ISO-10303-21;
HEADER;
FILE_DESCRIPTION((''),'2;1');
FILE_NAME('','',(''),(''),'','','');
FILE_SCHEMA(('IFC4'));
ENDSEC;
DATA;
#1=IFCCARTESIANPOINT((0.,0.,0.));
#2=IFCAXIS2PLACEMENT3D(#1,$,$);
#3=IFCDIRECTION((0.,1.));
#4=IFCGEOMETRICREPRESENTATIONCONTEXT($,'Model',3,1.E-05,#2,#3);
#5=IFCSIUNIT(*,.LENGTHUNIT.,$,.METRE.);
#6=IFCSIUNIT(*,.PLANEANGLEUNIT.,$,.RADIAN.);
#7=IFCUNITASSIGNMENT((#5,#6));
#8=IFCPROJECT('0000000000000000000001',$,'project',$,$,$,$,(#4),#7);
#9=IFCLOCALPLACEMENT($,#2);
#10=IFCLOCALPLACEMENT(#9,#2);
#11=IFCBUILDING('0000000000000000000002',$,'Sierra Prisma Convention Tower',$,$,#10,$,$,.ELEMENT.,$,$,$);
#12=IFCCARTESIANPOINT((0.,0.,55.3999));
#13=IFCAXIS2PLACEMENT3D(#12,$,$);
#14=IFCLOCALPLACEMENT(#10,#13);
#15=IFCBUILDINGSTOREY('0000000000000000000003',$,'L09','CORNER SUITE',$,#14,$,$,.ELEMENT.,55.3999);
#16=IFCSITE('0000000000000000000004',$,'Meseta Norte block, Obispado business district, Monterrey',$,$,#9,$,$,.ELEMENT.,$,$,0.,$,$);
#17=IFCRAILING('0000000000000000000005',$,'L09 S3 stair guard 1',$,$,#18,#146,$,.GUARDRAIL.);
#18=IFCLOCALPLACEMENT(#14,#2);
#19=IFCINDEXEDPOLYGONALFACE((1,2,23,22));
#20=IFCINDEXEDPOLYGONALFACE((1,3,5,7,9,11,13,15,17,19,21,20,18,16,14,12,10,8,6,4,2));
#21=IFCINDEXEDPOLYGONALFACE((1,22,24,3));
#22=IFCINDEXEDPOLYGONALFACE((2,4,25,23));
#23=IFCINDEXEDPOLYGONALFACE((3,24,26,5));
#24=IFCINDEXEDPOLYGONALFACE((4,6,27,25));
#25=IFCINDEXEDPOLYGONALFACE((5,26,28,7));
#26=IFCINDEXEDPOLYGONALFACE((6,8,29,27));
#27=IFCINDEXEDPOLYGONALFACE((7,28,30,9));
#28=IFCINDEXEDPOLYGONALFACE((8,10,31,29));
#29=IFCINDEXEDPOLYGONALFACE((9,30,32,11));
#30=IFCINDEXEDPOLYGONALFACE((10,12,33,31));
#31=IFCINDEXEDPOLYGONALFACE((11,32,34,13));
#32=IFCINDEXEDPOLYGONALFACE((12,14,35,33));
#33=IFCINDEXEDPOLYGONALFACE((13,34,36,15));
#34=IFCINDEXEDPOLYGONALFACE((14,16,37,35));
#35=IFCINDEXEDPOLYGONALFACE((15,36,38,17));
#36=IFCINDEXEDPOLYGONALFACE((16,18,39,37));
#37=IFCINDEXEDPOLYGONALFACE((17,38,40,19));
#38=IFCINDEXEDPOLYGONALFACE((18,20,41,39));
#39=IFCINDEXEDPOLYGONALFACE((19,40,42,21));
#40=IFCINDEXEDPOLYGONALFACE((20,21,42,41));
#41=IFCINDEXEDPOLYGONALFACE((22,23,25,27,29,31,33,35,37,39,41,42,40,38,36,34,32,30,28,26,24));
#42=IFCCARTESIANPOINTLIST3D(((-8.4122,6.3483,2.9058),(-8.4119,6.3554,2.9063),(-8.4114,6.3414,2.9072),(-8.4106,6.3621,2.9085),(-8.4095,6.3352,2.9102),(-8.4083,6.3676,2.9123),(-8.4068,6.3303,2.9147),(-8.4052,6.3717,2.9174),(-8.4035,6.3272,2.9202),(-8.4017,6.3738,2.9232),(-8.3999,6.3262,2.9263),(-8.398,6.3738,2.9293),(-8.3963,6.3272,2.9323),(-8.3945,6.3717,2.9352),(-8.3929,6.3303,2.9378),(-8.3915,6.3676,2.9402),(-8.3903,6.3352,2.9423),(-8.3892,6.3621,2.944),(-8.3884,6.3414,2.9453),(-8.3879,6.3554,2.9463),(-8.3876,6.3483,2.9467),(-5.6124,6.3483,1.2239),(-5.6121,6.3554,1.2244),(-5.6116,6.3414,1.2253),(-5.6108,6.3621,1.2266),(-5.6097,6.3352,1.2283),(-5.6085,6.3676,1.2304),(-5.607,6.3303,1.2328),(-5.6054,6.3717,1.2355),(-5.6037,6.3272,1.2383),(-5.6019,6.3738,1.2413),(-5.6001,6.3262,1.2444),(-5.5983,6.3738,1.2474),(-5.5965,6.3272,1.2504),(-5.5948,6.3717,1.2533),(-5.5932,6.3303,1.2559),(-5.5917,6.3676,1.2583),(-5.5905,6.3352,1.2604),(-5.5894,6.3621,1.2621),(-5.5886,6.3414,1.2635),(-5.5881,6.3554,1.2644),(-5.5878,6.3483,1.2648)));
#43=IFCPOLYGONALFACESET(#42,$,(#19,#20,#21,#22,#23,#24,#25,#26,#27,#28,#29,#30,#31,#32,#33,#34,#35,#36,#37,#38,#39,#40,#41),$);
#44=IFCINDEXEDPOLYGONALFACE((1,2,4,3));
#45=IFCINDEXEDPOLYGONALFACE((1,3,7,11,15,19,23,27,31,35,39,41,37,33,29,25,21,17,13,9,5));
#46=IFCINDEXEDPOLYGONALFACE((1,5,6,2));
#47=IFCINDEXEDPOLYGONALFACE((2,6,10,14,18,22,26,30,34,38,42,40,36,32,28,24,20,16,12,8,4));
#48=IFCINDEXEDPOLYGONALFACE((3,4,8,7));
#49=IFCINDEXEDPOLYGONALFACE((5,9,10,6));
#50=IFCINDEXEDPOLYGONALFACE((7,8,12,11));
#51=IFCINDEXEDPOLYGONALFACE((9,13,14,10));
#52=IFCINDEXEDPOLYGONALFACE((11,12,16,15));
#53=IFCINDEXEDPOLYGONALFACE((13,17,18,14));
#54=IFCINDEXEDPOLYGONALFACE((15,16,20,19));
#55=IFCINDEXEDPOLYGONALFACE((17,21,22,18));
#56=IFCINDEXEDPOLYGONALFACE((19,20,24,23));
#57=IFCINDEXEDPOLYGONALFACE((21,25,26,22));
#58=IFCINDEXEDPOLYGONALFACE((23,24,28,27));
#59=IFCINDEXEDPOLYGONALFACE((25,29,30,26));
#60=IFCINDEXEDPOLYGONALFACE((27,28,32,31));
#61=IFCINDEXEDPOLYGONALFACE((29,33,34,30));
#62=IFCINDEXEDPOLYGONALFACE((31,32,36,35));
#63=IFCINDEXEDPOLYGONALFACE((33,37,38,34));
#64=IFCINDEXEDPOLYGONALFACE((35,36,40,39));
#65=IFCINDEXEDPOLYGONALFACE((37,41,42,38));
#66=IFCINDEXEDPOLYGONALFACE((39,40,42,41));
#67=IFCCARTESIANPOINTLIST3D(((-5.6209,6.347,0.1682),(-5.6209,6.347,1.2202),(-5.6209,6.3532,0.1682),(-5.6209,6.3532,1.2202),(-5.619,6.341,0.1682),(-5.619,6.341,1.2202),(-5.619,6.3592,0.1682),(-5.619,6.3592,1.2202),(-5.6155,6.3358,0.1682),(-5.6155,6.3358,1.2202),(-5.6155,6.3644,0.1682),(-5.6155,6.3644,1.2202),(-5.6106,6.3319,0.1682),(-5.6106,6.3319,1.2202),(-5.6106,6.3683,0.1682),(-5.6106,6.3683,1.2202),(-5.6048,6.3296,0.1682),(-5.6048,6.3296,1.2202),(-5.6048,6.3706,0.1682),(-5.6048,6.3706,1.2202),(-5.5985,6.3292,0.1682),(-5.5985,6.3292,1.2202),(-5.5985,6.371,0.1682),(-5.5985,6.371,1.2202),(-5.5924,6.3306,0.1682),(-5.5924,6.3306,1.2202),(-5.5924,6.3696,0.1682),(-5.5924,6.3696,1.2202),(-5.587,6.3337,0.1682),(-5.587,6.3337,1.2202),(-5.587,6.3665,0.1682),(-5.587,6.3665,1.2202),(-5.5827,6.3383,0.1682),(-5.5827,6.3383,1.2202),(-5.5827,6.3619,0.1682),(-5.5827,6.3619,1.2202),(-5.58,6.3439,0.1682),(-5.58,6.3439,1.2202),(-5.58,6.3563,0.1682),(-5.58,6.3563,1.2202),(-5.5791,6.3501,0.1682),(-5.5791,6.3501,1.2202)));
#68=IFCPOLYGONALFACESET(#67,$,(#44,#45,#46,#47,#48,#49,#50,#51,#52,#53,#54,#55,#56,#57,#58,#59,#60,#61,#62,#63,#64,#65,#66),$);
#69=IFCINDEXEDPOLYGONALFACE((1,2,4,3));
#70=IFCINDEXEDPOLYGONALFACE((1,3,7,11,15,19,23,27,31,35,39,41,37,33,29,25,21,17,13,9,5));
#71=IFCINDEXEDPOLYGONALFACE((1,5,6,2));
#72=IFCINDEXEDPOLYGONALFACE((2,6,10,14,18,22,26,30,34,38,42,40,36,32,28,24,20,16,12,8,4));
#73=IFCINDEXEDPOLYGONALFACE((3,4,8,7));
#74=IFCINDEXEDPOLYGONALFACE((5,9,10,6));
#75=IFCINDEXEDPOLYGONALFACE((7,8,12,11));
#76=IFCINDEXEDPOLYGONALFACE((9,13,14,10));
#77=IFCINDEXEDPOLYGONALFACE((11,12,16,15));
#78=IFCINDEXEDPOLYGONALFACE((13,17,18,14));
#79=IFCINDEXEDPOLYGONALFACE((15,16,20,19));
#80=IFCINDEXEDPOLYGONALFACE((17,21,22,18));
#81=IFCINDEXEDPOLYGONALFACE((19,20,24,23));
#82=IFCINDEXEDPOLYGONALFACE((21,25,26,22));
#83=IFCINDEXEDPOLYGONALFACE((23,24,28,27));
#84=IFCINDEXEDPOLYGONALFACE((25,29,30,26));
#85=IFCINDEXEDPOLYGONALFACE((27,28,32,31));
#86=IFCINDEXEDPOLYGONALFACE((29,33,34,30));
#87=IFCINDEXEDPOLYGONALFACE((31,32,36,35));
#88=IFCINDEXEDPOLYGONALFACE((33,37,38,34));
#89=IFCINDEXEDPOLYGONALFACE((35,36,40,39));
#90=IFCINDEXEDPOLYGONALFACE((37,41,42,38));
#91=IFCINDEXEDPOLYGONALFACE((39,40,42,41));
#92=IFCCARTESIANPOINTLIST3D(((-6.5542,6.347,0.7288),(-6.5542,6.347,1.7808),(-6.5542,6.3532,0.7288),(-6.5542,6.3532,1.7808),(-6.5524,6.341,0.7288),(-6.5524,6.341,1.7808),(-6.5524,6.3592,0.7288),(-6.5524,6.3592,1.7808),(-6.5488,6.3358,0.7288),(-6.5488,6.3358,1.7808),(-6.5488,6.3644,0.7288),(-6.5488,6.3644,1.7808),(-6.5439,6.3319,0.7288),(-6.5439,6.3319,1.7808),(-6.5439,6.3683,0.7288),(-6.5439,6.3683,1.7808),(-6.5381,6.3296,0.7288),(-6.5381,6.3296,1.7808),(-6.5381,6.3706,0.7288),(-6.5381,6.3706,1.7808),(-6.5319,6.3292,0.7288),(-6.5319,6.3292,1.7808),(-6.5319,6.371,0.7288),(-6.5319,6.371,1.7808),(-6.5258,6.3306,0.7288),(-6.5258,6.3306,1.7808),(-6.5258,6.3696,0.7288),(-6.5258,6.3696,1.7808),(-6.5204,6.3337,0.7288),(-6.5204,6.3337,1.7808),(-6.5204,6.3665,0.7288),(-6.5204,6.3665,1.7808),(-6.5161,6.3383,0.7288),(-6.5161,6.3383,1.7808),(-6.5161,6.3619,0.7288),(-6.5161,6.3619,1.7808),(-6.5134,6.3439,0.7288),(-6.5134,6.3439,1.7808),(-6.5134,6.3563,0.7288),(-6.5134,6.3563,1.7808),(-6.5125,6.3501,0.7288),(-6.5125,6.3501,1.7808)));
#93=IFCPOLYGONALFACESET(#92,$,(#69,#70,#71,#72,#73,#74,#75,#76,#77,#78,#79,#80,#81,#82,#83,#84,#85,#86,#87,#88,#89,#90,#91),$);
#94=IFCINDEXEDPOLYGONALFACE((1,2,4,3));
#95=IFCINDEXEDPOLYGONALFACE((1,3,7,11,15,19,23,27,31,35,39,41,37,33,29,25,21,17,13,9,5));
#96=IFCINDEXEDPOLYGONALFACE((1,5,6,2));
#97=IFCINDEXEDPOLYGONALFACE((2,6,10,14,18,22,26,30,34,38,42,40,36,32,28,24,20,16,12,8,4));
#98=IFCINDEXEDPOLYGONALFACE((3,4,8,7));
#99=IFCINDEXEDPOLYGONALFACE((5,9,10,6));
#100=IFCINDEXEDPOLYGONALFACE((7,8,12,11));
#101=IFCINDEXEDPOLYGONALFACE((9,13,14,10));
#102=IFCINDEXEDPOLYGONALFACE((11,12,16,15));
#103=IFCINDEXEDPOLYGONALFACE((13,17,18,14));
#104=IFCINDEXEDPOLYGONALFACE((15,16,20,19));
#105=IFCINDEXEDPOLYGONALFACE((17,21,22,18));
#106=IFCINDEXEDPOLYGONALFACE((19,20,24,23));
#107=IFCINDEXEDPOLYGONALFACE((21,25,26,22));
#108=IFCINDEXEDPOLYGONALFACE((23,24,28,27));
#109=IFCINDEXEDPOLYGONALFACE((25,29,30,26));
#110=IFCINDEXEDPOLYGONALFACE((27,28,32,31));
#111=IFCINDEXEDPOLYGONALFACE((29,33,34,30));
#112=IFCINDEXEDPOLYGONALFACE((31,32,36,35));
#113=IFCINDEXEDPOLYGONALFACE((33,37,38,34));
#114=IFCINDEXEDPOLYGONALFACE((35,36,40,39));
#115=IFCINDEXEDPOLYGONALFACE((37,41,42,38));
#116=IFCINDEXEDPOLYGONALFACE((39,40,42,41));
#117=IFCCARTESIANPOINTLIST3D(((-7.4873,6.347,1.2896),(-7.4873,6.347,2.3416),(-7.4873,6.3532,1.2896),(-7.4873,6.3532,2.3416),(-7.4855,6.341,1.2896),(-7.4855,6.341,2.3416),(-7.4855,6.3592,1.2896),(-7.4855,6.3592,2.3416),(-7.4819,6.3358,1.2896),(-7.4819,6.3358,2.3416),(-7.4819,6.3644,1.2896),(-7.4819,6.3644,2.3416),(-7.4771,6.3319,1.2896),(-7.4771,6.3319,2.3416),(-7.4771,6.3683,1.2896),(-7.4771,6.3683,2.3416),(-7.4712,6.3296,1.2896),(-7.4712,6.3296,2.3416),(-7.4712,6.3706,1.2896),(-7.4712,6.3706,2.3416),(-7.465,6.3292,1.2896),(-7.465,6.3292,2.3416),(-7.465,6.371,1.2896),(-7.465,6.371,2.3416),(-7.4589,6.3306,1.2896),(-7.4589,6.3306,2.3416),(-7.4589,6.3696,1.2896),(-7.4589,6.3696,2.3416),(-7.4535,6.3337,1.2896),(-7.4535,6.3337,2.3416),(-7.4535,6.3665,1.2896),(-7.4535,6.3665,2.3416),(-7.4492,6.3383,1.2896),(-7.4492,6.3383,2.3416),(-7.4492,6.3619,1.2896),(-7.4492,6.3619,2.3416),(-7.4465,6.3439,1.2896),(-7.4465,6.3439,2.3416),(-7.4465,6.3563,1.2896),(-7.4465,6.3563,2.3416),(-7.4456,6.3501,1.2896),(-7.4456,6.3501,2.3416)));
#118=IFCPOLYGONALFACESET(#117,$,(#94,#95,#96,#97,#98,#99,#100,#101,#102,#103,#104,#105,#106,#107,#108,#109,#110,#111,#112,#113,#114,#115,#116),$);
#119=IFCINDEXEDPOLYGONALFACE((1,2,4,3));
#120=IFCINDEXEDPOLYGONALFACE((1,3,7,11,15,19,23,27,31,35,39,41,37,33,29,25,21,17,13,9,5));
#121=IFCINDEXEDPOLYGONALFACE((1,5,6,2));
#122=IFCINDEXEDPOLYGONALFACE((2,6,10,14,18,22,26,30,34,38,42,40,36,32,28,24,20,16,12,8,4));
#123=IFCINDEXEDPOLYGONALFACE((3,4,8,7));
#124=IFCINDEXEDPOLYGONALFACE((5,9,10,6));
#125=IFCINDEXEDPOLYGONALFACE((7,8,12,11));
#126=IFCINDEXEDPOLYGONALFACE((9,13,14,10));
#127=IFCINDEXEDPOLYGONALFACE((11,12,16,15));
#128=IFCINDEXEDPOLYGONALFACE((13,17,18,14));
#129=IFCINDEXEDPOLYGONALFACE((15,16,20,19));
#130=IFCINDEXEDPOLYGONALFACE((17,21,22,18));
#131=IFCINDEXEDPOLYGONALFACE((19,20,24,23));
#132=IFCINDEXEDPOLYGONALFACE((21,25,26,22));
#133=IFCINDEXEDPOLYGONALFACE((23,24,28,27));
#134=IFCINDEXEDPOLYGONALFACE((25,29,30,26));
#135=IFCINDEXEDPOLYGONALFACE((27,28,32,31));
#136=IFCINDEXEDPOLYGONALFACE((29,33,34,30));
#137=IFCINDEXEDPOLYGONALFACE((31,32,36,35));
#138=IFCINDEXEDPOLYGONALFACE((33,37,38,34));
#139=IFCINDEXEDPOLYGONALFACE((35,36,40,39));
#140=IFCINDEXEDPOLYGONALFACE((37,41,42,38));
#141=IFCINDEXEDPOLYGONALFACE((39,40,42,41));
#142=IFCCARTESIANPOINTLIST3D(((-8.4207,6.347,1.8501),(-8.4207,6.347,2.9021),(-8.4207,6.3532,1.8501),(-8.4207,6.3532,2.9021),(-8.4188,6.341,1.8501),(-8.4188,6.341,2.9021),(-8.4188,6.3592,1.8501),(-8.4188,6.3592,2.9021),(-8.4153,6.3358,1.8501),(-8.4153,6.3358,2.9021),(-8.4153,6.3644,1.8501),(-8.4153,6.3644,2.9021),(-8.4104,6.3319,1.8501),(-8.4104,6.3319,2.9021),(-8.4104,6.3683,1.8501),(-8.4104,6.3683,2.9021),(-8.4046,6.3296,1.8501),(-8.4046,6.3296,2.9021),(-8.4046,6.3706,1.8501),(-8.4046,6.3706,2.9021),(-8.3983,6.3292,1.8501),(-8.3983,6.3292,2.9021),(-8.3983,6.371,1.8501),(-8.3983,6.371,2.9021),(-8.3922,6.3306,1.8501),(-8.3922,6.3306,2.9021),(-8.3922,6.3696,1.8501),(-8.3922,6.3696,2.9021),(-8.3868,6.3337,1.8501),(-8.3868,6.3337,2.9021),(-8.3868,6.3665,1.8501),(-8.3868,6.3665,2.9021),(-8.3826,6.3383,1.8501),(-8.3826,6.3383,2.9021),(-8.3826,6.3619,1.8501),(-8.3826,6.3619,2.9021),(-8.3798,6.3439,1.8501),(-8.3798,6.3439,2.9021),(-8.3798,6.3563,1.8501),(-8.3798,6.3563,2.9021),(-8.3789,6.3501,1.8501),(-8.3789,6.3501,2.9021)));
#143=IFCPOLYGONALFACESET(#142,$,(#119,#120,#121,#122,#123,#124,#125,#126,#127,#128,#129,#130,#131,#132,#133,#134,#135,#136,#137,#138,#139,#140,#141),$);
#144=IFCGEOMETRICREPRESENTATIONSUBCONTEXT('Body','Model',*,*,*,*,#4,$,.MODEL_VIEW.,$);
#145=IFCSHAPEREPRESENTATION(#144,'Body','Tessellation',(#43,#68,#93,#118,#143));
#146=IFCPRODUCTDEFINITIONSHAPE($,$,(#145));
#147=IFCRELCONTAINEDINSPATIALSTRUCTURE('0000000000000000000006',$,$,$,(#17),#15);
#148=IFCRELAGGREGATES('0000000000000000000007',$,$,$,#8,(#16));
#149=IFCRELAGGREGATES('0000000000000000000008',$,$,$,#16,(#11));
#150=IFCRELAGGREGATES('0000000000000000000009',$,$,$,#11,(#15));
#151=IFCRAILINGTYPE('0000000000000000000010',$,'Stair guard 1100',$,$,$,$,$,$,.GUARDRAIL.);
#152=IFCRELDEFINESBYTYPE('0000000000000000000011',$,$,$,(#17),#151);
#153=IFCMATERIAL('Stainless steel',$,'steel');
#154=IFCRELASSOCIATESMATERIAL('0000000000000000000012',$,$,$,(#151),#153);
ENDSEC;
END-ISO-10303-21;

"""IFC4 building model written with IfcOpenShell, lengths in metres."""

from ifc_helpers import new_model, si_unit, direction, frame, origin, origin_2d, place, context, subcontext, project, spatial, circle, extrude, material, type_object, element, save


model = new_model("IFC4")

# Units and contexts
model_context = context("Model", 3, precision=1e-05, world=origin(), true_north=direction((0.0, 1.0)))
body_context = subcontext(model_context, "Body", "Model", "MODEL_VIEW")
ifc_project = project(units=[si_unit("LENGTHUNIT", "METRE"), si_unit("PLANEANGLEUNIT", "RADIAN")], contexts=[model_context])

# Site, building, storey
site_placement = place(None, origin())
site = spatial("IfcSite", under=ifc_project, at=site_placement, Name="Meseta Norte block, Obispado business district, Monterrey", CompositionType="ELEMENT", RefElevation=0.0)
building_placement = place(site_placement, origin())
building = spatial("IfcBuilding", under=site, at=building_placement, Name="Sierra Prisma Convention Tower", CompositionType="ELEMENT")
storey_placement = place(building_placement, frame((0.0, 0.0, 55.3999)))
storey = spatial("IfcBuildingStorey", under=building, at=storey_placement, Name="L09", Description="CORNER SUITE", CompositionType="ELEMENT", Elevation=55.3999)

# Railing
ifc_material_1 = material(Name="Stainless steel", Category="steel")
railing_type_1 = type_object("IfcRailingType", Name="Stair guard 1100", PredefinedType="GUARDRAIL", material=ifc_material_1)
railing_1_placement = place(storey_placement, frame((-5.6001, 6.3501, 0.1682)))
element("IfcRailing", 1, at=railing_1_placement, inside=storey, type_object=railing_type_1, Name="L09 S3 stair guard 1", PredefinedType="GUARDRAIL", context=body_context, shape_type="SweptSolid", body=[
    extrude(circle(Radius=0.0239, at=origin_2d()), frame((0.0, 0.0, 1.0762), z_axis=(-0.857222, 0.0, 0.514946), x_axis=(0.0, -1.0, 0.0)), (0.0, 0.0, 1.0), 3.2661),
    extrude(circle(Radius=0.021, at=origin_2d()), origin(), (0.0, 0.0, 1.0), 1.052),
    extrude(circle(Radius=0.021, at=origin_2d()), frame((-0.9333, 0.0, 0.5605)), (0.0, 0.0, 1.0), 1.052),
    extrude(circle(Radius=0.021, at=origin_2d()), frame((-1.8665, 0.0, 1.1213)), (0.0, 0.0, 1.0), 1.052),
    extrude(circle(Radius=0.021, at=origin_2d()), frame((-2.7998, 0.0, 1.6819)), (0.0, 0.0, 1.0), 1.052),
])

save(model, "model.ifc")
